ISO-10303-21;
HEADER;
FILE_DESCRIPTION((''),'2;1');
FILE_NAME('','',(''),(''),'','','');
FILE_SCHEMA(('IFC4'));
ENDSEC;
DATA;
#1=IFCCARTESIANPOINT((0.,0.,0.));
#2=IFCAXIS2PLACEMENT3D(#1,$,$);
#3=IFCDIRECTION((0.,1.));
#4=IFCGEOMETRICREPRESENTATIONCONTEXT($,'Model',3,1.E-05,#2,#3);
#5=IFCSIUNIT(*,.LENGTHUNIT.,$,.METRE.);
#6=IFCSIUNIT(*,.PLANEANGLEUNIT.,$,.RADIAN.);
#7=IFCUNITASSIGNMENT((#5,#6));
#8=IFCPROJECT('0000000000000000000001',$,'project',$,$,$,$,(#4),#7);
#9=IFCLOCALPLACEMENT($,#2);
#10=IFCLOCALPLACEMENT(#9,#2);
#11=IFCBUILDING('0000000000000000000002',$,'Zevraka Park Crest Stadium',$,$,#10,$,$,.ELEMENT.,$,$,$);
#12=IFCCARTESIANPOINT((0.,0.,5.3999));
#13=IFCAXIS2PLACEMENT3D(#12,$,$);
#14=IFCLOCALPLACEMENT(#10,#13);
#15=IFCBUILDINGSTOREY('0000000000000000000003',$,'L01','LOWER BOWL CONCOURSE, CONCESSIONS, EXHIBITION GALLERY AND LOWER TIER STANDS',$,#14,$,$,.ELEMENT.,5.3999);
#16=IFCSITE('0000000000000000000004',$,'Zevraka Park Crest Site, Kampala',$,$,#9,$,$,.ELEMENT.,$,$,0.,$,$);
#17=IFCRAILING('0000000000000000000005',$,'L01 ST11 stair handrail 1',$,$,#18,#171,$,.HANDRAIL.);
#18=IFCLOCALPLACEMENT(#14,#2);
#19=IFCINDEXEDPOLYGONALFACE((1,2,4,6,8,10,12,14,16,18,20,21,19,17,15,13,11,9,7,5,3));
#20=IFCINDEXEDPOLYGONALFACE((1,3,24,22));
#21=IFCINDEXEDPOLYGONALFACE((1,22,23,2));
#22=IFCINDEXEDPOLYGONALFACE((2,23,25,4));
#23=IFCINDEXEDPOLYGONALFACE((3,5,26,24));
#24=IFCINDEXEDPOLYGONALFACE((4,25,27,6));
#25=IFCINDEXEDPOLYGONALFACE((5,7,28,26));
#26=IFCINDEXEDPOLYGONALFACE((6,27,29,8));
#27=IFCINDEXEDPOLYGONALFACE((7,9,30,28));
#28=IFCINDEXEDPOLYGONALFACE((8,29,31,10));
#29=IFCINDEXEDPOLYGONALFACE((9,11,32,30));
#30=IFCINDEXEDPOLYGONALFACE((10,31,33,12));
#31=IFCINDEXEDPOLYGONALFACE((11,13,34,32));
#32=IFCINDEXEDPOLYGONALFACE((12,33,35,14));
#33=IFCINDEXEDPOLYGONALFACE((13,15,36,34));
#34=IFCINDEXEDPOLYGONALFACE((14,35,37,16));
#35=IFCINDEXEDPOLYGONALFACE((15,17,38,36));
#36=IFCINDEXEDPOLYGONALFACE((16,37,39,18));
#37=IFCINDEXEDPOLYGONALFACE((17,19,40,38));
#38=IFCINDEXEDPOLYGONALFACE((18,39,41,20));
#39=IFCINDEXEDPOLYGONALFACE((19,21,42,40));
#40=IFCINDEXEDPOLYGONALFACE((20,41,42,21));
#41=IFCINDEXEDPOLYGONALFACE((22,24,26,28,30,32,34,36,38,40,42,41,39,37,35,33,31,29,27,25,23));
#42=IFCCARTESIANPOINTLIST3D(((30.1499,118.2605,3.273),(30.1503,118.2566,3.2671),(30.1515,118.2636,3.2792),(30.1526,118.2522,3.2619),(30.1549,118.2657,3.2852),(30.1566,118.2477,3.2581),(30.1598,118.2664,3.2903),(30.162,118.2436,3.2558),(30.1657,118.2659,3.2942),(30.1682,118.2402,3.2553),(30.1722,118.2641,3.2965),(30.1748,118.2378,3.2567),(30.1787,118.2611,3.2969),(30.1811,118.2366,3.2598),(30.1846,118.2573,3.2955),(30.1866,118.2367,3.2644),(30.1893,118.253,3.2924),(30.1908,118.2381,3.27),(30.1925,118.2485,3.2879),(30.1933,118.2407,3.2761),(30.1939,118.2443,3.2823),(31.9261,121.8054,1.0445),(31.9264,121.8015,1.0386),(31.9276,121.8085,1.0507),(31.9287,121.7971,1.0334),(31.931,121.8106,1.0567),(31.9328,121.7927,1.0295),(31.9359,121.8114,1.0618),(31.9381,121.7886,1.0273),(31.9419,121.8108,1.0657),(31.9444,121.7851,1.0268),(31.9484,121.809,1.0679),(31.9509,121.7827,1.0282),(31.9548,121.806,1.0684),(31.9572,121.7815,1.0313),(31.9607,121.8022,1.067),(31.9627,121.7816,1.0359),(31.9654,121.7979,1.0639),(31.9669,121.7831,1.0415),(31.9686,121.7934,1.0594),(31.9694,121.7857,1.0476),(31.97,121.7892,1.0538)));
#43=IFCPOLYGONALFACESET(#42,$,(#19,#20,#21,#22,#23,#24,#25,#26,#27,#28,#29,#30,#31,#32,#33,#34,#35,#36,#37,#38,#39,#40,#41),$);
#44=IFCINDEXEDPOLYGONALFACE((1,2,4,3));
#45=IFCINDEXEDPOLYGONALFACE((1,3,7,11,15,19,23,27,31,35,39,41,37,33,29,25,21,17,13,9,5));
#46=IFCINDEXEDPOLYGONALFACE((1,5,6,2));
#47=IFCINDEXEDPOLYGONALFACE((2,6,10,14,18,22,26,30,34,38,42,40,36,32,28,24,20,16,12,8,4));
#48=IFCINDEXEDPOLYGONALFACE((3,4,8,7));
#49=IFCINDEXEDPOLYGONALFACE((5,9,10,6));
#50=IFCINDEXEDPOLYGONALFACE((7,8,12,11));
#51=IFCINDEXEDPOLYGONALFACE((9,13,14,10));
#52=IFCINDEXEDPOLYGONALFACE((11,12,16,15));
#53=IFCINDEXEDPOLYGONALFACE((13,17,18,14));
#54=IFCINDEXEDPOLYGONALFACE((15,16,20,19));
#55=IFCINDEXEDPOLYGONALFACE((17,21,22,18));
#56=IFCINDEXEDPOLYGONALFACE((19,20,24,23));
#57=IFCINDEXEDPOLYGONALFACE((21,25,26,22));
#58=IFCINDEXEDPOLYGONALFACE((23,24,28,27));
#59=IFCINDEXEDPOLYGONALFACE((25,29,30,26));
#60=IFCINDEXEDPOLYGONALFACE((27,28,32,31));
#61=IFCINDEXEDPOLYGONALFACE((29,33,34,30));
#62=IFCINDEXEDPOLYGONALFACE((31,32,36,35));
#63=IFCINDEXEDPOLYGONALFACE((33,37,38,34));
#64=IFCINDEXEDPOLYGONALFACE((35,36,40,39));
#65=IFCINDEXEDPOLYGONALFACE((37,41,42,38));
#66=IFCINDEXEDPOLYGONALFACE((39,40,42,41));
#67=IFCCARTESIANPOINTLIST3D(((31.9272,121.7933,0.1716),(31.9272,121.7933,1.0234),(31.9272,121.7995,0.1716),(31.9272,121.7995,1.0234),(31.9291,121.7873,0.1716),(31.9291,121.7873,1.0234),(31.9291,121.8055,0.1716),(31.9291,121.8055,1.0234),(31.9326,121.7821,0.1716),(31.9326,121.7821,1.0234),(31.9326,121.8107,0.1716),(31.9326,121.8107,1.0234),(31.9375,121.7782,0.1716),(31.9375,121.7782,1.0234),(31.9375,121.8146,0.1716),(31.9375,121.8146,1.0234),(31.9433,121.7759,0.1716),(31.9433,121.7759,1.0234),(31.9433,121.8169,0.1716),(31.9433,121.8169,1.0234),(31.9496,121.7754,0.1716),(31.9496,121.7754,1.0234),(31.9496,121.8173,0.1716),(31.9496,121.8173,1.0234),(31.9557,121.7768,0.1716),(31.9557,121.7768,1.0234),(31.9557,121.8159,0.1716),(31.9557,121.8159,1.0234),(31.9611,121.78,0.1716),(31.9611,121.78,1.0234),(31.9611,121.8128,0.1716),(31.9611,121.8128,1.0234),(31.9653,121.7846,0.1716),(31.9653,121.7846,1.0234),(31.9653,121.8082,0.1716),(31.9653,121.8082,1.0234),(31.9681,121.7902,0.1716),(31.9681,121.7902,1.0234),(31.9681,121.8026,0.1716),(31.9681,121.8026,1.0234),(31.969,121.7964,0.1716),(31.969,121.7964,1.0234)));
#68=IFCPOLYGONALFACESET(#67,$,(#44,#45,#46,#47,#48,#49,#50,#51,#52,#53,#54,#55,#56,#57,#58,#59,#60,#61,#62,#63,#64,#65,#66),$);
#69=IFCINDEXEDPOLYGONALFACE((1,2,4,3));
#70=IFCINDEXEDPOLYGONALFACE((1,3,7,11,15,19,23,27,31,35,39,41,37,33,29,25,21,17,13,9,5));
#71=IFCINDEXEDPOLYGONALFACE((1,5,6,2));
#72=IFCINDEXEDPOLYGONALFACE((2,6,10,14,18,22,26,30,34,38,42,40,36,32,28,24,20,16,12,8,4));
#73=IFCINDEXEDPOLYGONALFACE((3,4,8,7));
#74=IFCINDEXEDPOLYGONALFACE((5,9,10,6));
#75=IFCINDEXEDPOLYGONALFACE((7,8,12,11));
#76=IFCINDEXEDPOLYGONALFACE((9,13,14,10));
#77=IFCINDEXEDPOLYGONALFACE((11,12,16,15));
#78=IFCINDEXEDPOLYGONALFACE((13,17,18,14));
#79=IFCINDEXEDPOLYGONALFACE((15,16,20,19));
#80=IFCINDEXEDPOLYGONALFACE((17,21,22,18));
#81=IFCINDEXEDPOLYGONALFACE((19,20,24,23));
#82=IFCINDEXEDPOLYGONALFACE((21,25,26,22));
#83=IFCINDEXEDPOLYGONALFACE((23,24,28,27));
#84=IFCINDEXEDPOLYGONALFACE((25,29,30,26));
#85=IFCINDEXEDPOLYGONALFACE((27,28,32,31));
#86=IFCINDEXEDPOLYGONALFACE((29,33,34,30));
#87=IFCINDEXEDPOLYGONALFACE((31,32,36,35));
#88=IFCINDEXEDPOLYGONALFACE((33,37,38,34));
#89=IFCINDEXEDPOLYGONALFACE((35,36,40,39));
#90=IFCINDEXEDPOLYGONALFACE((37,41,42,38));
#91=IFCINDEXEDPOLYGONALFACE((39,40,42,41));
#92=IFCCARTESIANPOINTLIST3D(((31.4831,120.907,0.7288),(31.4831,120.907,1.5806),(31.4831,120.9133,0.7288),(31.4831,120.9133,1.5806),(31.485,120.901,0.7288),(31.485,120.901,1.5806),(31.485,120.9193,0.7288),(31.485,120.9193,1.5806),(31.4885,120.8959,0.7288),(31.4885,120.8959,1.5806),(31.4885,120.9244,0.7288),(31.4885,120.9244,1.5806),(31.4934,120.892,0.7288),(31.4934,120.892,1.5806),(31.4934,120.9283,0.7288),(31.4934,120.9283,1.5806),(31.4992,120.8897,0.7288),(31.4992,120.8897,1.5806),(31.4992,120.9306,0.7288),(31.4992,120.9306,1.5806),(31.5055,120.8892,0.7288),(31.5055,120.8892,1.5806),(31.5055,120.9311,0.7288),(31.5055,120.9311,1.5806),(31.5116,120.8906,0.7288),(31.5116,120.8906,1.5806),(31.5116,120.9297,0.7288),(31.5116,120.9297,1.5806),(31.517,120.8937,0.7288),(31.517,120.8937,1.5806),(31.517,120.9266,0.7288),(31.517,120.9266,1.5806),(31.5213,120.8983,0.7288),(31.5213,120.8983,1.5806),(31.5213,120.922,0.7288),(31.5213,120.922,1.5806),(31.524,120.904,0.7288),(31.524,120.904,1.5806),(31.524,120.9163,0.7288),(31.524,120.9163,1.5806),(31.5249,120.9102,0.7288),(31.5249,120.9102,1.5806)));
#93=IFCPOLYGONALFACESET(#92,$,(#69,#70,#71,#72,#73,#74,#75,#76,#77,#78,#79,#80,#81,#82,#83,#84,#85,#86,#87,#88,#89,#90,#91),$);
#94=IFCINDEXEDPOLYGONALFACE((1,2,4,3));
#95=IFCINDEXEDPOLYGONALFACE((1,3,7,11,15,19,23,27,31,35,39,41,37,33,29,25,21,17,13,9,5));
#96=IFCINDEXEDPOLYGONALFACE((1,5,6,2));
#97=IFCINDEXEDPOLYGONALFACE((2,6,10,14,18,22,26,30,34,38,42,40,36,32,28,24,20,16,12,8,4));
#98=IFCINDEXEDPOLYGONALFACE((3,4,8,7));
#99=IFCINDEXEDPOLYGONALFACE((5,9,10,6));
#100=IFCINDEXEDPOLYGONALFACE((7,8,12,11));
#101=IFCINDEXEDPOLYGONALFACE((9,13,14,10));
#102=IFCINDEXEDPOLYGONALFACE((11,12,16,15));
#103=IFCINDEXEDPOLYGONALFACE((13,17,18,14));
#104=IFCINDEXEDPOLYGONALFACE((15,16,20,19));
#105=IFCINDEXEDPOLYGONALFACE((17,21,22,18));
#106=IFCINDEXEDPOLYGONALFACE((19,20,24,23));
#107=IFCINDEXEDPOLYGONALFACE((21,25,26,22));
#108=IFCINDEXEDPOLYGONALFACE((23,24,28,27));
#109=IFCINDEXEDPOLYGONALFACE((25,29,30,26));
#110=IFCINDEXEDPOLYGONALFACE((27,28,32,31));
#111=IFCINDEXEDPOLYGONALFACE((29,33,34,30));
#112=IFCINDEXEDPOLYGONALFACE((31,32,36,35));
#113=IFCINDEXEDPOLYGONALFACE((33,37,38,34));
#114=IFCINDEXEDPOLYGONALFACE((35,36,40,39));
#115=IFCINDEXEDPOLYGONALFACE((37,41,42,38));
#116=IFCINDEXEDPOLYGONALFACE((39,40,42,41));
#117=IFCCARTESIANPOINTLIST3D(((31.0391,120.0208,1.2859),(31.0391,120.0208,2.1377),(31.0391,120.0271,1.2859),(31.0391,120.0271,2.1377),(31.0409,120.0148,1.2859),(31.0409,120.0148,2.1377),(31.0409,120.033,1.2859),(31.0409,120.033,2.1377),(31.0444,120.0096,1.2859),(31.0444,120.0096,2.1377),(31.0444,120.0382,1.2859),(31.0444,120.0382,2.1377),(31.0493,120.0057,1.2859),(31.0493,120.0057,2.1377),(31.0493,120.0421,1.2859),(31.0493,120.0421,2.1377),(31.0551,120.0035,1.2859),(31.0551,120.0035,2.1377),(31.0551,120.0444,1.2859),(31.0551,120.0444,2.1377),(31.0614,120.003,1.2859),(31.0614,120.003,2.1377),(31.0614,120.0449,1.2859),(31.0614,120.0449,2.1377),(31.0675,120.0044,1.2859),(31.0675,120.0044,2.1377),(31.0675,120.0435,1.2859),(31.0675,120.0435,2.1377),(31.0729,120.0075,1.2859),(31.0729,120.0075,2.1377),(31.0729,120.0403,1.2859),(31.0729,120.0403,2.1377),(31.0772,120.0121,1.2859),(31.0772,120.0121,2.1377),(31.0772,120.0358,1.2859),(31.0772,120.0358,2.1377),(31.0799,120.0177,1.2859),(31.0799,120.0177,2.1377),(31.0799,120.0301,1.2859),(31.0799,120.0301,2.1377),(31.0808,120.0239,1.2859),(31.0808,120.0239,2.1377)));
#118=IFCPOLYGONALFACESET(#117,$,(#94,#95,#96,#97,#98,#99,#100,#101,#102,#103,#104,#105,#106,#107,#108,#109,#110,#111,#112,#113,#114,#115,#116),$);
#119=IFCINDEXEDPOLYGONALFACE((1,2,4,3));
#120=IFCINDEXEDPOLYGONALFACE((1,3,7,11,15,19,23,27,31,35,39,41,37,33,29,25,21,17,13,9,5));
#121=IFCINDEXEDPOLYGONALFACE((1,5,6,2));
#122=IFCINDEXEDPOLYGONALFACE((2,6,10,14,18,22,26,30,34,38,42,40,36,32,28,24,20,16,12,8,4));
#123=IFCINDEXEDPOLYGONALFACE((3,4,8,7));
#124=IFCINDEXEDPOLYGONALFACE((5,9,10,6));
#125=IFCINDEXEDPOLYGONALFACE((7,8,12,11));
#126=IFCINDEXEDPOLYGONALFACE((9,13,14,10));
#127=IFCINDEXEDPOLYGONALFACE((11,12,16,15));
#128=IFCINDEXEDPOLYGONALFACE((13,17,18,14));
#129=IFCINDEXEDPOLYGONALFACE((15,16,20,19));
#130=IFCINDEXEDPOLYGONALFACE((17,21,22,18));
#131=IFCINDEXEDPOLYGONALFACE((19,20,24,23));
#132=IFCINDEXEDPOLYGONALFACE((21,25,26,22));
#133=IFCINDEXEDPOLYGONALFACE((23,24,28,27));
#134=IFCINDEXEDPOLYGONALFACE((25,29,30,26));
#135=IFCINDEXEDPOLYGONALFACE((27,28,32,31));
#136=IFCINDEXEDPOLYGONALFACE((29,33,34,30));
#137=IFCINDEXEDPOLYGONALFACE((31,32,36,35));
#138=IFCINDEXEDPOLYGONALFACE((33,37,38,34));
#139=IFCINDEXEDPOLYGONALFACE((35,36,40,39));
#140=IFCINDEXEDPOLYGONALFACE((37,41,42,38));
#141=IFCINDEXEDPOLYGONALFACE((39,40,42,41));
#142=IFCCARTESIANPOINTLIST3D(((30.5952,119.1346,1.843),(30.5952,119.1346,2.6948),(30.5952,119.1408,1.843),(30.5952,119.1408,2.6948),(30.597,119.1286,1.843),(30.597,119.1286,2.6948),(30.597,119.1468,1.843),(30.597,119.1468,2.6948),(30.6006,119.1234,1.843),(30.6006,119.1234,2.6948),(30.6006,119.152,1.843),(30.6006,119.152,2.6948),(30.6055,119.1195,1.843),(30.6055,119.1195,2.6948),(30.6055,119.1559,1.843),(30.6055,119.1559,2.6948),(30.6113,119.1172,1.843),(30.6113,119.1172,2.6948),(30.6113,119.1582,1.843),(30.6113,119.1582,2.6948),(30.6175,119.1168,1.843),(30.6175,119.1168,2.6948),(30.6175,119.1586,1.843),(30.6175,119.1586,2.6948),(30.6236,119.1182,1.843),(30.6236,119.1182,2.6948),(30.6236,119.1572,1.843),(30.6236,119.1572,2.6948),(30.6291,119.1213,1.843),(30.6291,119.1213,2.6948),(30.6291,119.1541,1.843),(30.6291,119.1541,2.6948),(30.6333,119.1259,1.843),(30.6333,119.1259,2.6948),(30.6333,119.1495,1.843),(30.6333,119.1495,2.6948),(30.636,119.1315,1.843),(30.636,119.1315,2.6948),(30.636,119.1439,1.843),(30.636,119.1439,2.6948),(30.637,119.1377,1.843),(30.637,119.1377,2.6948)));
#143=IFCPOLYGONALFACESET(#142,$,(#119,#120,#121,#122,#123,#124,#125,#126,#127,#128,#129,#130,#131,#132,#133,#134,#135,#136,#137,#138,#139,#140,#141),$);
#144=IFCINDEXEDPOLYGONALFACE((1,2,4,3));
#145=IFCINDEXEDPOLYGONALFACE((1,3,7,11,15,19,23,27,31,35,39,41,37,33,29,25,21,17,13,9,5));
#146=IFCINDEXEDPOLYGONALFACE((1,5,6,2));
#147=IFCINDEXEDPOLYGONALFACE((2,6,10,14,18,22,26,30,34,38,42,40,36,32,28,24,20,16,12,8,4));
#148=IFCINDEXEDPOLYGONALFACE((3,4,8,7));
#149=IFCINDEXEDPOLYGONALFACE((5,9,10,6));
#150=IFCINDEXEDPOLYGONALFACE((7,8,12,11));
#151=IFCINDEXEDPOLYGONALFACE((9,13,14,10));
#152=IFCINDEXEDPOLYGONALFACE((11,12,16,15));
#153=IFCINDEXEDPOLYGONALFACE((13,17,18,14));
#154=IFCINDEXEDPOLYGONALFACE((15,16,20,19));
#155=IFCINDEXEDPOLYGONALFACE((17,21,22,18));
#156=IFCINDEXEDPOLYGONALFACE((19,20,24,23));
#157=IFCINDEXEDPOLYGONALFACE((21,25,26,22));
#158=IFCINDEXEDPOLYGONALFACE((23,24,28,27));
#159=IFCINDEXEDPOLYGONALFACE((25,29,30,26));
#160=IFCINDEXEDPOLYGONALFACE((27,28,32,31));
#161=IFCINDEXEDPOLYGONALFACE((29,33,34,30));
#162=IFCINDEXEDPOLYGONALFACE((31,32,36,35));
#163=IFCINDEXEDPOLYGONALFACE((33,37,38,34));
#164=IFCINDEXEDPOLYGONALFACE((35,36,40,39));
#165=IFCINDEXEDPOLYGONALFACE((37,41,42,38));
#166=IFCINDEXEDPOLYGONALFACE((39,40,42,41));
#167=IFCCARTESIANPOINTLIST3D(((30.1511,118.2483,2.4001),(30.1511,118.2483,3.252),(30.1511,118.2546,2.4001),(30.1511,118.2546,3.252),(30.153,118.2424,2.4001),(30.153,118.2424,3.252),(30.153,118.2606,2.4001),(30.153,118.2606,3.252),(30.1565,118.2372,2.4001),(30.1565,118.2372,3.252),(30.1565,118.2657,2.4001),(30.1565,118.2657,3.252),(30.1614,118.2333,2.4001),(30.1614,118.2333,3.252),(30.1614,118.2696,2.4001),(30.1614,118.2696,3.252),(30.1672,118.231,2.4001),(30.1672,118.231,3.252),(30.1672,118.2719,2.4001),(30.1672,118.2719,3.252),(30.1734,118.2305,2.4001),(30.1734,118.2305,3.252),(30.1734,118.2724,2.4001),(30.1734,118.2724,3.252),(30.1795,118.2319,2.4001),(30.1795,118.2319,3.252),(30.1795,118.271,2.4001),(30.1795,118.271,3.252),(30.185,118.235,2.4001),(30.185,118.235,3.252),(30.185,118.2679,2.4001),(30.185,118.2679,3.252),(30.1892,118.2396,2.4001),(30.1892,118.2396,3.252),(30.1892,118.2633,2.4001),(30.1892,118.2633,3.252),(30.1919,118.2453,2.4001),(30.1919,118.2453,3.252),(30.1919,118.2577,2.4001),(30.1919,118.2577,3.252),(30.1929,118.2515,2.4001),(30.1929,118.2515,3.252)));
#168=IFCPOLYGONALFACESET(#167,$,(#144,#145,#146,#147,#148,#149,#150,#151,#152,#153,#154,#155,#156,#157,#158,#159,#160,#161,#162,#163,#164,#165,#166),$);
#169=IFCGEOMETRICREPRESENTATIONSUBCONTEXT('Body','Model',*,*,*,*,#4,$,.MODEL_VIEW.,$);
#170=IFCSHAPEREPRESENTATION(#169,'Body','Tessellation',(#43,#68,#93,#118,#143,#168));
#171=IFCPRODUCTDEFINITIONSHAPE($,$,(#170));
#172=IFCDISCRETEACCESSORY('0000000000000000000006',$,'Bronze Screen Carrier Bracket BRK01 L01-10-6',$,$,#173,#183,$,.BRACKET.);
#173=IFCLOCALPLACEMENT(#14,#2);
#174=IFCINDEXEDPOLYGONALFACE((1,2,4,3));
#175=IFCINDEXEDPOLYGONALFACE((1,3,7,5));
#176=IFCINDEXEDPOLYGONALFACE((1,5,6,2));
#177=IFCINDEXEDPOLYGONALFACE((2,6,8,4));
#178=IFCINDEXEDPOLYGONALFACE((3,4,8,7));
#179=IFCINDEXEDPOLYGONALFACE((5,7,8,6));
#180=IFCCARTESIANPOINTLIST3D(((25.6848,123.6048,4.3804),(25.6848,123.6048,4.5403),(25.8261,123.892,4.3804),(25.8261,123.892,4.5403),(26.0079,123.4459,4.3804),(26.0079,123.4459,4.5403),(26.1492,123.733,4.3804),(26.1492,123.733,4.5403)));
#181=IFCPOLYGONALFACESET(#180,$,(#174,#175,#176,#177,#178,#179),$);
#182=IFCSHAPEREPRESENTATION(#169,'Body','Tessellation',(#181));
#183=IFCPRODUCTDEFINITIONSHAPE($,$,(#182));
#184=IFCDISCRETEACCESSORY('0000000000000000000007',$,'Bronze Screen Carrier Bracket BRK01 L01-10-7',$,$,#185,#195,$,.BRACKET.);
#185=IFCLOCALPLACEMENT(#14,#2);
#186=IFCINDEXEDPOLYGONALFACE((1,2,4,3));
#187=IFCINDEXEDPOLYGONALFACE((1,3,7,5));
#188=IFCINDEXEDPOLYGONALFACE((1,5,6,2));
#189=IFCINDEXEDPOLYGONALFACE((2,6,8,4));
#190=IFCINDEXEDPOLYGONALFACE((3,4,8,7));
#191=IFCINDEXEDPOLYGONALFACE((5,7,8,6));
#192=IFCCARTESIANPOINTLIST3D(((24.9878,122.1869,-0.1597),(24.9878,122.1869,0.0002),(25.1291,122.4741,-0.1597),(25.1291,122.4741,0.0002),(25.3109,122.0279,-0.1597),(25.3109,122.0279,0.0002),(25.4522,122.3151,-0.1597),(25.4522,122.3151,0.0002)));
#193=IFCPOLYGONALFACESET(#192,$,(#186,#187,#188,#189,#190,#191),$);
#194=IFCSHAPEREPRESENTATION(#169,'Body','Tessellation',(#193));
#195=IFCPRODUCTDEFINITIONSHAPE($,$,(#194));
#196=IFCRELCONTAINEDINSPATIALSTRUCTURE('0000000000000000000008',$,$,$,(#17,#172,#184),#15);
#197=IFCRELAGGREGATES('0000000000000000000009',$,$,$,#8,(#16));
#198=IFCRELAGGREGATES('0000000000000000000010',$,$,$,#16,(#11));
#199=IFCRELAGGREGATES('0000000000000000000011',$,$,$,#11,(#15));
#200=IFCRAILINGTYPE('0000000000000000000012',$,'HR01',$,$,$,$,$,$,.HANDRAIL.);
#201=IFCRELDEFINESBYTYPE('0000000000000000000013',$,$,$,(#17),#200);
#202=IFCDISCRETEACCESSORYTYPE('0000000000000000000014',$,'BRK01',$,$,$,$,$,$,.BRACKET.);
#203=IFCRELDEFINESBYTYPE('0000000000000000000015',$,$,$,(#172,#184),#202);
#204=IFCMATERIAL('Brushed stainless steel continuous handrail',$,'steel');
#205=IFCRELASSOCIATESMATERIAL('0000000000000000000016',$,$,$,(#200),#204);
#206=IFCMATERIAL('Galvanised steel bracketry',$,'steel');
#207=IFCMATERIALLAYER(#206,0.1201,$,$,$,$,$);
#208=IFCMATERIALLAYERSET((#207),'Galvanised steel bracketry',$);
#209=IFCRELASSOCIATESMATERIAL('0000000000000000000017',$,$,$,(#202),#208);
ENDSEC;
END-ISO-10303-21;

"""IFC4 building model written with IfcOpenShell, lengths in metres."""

from ifc_helpers import new_model, si_unit, direction, frame, origin, origin_2d, place, context, subcontext, project, spatial, rectangle, circle, extrude, material, layer, layer_set, type_object, element, save


model = new_model("IFC4")

# Units and contexts
model_context = context("Model", 3, precision=1e-05, world=origin(), true_north=direction((0.0, 1.0)))
body_context = subcontext(model_context, "Body", "Model", "MODEL_VIEW")
ifc_project = project(units=[si_unit("LENGTHUNIT", "METRE"), si_unit("PLANEANGLEUNIT", "RADIAN")], contexts=[model_context])

# Site, building, storey
site_placement = place(None, origin())
site = spatial("IfcSite", under=ifc_project, at=site_placement, Name="Zevraka Park Crest Site, Kampala", CompositionType="ELEMENT", RefElevation=0.0)
building_placement = place(site_placement, origin())
building = spatial("IfcBuilding", under=site, at=building_placement, Name="Zevraka Park Crest Stadium", CompositionType="ELEMENT")
storey_placement = place(building_placement, frame((0.0, 0.0, 5.3999)))
storey = spatial("IfcBuildingStorey", under=building, at=storey_placement, Name="L01", Description="LOWER BOWL CONCOURSE, CONCESSIONS, EXHIBITION GALLERY AND LOWER TIER STANDS", CompositionType="ELEMENT", Elevation=5.3999)

# Railing
ifc_material_1 = material(Name="Brushed stainless steel continuous handrail", Category="steel")
railing_type_1 = type_object("IfcRailingType", Name="HR01", PredefinedType="HANDRAIL", material=ifc_material_1)
railing_1_placement = place(storey_placement, frame((31.948, 121.7964, 0.1716)))
element("IfcRailing", 1, at=railing_1_placement, inside=storey, type_object=railing_type_1, Name="L01 ST11 stair handrail 1", PredefinedType="HANDRAIL", context=body_context, shape_type="SweptSolid", body=[
    extrude(circle(Radius=0.0239, at=origin_2d()), frame((0.0, 0.0, 0.876), z_axis=(-0.390499, -0.779389, 0.489963), x_axis=(0.894057, -0.447952, 0.0)), (0.0, 0.0, 1.0), 4.5483),
    extrude(circle(Radius=0.021, at=origin_2d()), origin(), (0.0, 0.0, 1.0), 0.8518),
    extrude(circle(Radius=0.021, at=origin_2d()), frame((-0.4441, -0.8862, 0.5571)), (0.0, 0.0, 1.0), 0.8518),
    extrude(circle(Radius=0.021, at=origin_2d()), frame((-0.8882, -1.7725, 1.1143)), (0.0, 0.0, 1.0), 0.8518),
    extrude(circle(Radius=0.021, at=origin_2d()), frame((-1.332, -2.6587, 1.6714)), (0.0, 0.0, 1.0), 0.8518),
    extrude(circle(Radius=0.021, at=origin_2d()), frame((-1.7761, -3.5449, 2.2285)), (0.0, 0.0, 1.0), 0.8518),
])

# Discrete accessories
ifc_material_2 = material(Name="Galvanised steel bracketry", Category="steel")
ifc_layer_1 = layer(ifc_material_2, 0.1201)
ifc_layer_set_1 = layer_set([ifc_layer_1], Name="Galvanised steel bracketry")
discrete_accessory_type = type_object("IfcDiscreteAccessoryType", Name="BRK01", PredefinedType="BRACKET", material=ifc_layer_set_1)
for number, where, z_axis, x_axis, name in (
    (2, (25.917, 123.6689, 4.3804), (0.0, 0.0, 1.0), (-0.441506, -0.897258, 0.0), "Bronze Screen Carrier Bracket BRK01 L01-10-6"),
    (3, (25.22, 122.251, -0.1597), (0.0, 0.0, 1.0), (-0.441506, -0.897258, 0.0), "Bronze Screen Carrier Bracket BRK01 L01-10-7"),
):
    element("IfcDiscreteAccessory", number, at=place(storey_placement, frame(where, z_axis=z_axis, x_axis=x_axis)), inside=storey, type_object=discrete_accessory_type, Name=name, PredefinedType="BRACKET", context=body_context, shape_type="SweptSolid", body=[
        extrude(rectangle(XDim=0.3201, YDim=0.3601, at=origin_2d()), origin(), (0.0, 0.0, 1.0), 0.1599),
    ])

save(model, "model.ifc")
